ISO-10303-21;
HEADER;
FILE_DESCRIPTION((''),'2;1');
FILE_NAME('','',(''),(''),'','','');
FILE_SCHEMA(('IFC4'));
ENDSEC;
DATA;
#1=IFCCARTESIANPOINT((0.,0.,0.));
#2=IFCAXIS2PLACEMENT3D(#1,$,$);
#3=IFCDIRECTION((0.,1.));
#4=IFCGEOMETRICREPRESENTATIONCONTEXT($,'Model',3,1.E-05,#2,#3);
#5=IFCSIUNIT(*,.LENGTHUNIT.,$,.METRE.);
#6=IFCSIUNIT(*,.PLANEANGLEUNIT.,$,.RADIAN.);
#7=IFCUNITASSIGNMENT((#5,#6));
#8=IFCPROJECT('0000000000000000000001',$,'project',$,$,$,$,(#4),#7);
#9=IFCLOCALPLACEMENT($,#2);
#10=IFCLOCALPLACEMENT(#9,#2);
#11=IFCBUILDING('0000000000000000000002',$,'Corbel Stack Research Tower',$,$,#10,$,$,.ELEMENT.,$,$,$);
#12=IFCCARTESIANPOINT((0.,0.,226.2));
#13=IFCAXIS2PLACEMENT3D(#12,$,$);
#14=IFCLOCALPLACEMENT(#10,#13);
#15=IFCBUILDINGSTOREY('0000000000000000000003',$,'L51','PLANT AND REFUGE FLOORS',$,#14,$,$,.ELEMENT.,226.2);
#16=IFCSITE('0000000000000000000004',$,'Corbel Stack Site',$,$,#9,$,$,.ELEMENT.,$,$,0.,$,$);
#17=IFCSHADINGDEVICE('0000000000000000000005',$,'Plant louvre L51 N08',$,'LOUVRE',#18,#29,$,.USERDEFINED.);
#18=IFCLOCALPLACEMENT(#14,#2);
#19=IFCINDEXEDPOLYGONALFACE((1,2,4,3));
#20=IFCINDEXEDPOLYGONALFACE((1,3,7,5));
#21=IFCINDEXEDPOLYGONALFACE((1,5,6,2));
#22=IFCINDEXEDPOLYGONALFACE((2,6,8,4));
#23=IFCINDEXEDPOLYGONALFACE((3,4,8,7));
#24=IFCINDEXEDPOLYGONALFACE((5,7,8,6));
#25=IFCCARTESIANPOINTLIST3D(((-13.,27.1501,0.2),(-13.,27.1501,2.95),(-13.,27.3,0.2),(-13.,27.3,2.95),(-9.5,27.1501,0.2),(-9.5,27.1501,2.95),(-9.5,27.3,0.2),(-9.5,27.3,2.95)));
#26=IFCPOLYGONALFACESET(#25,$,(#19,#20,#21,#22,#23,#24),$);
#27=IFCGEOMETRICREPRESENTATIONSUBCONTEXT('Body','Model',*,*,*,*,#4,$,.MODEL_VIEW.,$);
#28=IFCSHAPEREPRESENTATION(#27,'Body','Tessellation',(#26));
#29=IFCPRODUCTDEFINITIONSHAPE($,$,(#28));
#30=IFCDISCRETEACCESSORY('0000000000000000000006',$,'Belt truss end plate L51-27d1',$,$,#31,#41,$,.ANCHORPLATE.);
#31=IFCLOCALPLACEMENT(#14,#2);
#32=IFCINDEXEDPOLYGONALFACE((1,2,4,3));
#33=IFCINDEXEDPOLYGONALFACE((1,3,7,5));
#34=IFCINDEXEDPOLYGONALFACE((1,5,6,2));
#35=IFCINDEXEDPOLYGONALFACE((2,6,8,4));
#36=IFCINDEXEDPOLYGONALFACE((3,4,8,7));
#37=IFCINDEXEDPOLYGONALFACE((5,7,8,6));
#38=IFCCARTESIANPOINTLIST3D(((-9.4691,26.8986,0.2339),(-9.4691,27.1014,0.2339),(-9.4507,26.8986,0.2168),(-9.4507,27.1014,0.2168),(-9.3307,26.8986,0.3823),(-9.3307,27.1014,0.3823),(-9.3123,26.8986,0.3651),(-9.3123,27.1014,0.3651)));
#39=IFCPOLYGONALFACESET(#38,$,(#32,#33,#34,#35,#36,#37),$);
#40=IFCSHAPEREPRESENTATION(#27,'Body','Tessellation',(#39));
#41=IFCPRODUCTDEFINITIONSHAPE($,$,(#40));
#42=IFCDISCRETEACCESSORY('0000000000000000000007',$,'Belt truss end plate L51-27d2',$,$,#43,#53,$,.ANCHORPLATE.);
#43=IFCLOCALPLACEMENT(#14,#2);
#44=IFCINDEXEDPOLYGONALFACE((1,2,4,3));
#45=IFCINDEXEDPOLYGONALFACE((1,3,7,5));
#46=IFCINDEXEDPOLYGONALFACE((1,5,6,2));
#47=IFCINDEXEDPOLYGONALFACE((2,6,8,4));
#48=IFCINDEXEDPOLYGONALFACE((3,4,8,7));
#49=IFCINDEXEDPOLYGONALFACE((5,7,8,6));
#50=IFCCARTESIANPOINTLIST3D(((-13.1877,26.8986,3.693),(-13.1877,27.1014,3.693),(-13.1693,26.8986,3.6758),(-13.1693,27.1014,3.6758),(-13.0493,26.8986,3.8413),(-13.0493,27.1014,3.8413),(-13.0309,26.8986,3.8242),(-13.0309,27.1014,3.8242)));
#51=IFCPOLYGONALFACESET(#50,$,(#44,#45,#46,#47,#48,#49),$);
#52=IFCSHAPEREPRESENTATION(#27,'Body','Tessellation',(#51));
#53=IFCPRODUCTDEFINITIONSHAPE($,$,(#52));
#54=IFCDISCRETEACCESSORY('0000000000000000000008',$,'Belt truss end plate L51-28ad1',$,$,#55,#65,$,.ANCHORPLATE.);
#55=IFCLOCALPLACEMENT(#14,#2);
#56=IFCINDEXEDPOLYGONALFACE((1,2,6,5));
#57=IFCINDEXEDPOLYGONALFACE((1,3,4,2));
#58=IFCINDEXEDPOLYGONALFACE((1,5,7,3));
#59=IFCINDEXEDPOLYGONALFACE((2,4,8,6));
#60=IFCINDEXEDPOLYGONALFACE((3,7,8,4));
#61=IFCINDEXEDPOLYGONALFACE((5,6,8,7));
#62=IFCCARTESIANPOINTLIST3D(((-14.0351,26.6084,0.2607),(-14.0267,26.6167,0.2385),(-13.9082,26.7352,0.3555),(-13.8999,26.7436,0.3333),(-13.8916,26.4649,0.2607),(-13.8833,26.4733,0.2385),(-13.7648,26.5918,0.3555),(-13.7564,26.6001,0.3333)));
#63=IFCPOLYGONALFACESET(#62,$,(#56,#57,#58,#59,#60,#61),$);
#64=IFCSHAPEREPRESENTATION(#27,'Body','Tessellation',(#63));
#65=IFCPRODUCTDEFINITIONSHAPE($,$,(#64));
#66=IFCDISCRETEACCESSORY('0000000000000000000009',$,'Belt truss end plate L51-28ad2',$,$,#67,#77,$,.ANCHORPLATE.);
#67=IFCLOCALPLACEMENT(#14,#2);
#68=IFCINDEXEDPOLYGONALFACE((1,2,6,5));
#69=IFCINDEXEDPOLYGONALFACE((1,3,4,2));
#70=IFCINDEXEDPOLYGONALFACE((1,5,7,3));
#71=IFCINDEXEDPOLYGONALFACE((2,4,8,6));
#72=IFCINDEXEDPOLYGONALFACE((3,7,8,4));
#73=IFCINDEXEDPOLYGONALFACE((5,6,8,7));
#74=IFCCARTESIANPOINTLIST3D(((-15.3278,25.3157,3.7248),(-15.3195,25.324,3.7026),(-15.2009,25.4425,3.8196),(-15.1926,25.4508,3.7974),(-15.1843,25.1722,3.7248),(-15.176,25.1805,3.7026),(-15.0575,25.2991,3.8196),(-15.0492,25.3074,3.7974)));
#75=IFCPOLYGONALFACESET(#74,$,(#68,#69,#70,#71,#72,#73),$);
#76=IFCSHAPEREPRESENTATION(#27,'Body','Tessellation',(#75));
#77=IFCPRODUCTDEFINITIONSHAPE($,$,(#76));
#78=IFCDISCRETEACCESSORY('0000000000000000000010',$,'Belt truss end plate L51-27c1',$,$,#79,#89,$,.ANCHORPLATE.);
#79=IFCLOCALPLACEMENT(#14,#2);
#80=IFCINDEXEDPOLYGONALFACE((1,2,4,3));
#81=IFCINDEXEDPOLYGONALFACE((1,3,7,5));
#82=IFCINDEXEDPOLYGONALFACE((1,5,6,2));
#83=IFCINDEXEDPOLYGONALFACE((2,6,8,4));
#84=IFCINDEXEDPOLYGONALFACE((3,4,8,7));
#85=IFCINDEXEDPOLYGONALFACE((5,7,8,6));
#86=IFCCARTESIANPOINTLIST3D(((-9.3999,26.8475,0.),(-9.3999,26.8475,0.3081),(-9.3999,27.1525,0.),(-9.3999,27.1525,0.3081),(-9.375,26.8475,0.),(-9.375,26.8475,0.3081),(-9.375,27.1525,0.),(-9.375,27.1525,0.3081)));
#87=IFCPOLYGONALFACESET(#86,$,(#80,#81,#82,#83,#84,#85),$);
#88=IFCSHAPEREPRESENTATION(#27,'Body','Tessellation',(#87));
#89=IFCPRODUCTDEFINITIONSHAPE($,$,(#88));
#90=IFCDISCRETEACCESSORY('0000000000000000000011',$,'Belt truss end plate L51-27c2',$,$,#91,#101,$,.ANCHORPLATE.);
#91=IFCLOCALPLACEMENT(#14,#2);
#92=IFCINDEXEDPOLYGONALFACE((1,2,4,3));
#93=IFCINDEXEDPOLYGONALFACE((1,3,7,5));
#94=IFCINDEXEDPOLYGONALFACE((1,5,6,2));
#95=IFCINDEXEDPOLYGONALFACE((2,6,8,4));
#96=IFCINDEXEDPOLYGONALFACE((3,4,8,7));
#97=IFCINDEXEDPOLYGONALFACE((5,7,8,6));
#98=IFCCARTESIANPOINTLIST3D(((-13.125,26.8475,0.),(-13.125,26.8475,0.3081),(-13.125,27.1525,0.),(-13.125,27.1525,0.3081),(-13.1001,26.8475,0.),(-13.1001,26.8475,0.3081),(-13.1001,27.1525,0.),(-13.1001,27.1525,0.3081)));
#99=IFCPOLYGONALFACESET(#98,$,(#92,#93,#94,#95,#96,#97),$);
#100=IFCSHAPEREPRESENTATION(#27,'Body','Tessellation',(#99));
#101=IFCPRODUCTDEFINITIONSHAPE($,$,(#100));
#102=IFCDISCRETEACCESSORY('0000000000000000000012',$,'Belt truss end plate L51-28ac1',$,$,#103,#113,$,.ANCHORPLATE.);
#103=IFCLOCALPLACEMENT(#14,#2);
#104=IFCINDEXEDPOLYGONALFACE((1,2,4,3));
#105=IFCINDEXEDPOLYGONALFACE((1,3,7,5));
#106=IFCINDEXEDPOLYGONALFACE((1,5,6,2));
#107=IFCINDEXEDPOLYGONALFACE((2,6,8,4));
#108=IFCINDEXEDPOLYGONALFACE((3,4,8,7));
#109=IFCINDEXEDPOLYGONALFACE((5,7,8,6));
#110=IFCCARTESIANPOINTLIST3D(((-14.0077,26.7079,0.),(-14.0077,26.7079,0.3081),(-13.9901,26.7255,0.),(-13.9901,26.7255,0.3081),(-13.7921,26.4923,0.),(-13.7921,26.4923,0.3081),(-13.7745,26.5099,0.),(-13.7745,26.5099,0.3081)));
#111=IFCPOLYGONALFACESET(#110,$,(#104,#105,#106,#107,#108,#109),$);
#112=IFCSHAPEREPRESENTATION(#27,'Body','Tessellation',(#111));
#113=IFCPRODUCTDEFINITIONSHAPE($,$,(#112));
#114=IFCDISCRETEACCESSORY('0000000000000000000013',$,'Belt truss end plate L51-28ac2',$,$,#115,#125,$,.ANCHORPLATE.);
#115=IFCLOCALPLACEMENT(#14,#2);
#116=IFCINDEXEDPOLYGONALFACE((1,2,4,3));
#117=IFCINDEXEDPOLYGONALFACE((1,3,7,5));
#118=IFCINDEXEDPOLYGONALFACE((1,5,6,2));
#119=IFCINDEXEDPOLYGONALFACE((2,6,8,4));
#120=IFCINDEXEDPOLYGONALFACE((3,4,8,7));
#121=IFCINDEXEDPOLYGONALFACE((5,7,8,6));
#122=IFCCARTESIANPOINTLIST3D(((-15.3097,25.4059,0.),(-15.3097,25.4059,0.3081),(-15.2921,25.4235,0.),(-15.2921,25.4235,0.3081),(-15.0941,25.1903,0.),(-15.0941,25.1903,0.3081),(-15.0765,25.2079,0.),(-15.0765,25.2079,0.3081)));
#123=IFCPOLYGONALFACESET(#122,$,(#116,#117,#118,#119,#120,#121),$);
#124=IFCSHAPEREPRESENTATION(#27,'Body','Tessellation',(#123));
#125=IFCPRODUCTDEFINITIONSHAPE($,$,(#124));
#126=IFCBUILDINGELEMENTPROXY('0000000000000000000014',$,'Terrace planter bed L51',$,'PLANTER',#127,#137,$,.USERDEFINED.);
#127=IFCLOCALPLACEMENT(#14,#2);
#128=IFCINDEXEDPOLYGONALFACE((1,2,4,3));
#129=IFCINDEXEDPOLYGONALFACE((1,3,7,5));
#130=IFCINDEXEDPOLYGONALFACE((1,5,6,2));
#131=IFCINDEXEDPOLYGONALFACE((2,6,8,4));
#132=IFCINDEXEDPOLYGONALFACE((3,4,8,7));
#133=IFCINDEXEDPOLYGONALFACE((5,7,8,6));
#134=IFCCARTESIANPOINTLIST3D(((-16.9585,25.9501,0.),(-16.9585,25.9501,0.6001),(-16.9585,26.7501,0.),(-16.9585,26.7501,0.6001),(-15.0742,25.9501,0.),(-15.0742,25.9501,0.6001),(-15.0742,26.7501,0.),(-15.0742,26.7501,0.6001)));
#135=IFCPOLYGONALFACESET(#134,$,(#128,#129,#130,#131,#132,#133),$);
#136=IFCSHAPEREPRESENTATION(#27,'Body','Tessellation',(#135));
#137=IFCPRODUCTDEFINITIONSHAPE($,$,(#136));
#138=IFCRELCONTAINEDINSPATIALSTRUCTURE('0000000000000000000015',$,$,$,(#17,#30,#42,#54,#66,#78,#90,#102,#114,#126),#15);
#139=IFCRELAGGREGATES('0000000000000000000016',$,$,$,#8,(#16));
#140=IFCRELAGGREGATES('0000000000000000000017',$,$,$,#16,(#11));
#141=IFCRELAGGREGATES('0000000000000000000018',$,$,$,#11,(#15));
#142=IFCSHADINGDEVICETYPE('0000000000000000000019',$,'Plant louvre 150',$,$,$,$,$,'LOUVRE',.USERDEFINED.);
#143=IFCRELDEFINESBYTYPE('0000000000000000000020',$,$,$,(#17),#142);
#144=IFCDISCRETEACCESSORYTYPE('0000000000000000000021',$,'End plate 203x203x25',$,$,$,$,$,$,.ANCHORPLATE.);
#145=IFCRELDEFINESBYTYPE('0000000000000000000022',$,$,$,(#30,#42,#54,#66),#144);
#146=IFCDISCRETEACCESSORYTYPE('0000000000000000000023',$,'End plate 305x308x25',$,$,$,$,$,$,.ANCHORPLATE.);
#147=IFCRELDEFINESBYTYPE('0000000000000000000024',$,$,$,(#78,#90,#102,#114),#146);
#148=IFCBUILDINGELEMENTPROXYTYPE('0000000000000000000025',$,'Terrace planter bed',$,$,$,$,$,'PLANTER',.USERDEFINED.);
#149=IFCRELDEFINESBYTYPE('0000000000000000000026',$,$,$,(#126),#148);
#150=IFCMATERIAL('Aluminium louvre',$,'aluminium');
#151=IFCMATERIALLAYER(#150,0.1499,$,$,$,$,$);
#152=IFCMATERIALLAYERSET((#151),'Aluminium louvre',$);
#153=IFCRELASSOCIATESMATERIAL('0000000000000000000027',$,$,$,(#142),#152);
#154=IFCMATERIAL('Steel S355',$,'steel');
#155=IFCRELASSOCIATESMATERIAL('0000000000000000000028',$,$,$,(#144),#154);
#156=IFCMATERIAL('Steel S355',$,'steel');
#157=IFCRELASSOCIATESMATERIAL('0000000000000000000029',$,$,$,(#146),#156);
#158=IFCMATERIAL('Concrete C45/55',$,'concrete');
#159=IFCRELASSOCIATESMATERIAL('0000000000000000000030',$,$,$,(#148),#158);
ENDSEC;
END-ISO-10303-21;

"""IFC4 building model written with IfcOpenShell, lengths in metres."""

from ifc_helpers import new_model, si_unit, direction, frame, origin, origin_2d, place, context, subcontext, project, spatial, rectangle, extrude, material, layer, layer_set, material_profile, profile_set, type_object, element, save


model = new_model("IFC4")

# Units and contexts
model_context = context("Model", 3, precision=1e-05, world=origin(), true_north=direction((0.0, 1.0)))
body_context = subcontext(model_context, "Body", "Model", "MODEL_VIEW")
ifc_project = project(units=[si_unit("LENGTHUNIT", "METRE"), si_unit("PLANEANGLEUNIT", "RADIAN")], contexts=[model_context])

# Site, building, storey
site_placement = place(None, origin())
site = spatial("IfcSite", under=ifc_project, at=site_placement, Name="Corbel Stack Site", CompositionType="ELEMENT", RefElevation=0.0)
building_placement = place(site_placement, origin())
building = spatial("IfcBuilding", under=site, at=building_placement, Name="Corbel Stack Research Tower", CompositionType="ELEMENT")
storey_placement = place(building_placement, frame((0.0, 0.0, 226.2)))
storey = spatial("IfcBuildingStorey", under=building, at=storey_placement, Name="L51", Description="PLANT AND REFUGE FLOORS", CompositionType="ELEMENT", Elevation=226.2)

# Shading device
ifc_material_1 = material(Name="Aluminium louvre", Category="aluminium")
ifc_layer_1 = layer(ifc_material_1, 0.1499)
ifc_layer_set_1 = layer_set([ifc_layer_1], Name="Aluminium louvre")
shading_device_type = type_object("IfcShadingDeviceType", Name="Plant louvre 150", ElementType="LOUVRE", PredefinedType="USERDEFINED", material=ifc_layer_set_1)
shading_device_placement = place(storey_placement, frame((-11.25, 27.2251, 0.2), z_axis=(0.0, 0.0, 1.0), x_axis=(-1.0, 0.0, 0.0)))
element("IfcShadingDevice", 1, at=shading_device_placement, inside=storey, type_object=shading_device_type, Name="Plant louvre L51 N08", ObjectType="LOUVRE", PredefinedType="USERDEFINED", context=body_context, shape_type="SweptSolid", body=[
    extrude(rectangle(XDim=3.5, YDim=0.1499, at=origin_2d()), origin(), (0.0, 0.0, 1.0), 2.75),
])

# Discrete accessories
ifc_material_2 = material(Name="Steel S355", Category="steel")
ifc_material_profile_1 = material_profile(ifc_material_2, rectangle(XDim=0.2029, YDim=0.2029, at=origin_2d()), Name="End plate 203x203x25")
ifc_profile_set_1 = profile_set([ifc_material_profile_1], Name="Steel S355")
discrete_accessory_type_1 = type_object("IfcDiscreteAccessoryType", Name="End plate 203x203x25", PredefinedType="ANCHORPLATE", material=ifc_profile_set_1)
for number, where, z_axis, x_axis, name in (
    (2, (-9.3999, 27.0, 0.3081), (0.731055, 0.0, -0.682318), (0.0, 1.0, 0.0), "Belt truss end plate L51-27d1"),
    (3, (-13.1001, 27.0, 3.75), (-0.731055, 0.0, 0.682318), (0.0, -1.0, 0.0), "Belt truss end plate L51-27d2"),
    (4, (-13.8999, 26.6001, 0.3081), (0.330346, 0.330346, -0.884162), (-0.707107, 0.707107, 0.0), "Belt truss end plate L51-28ad1"),
    (5, (-15.1843, 25.3157, 3.75), (-0.330346, -0.330346, 0.884162), (0.707107, -0.707107, 0.0), "Belt truss end plate L51-28ad2"),
):
    element("IfcDiscreteAccessory", number, at=place(storey_placement, frame(where, z_axis=z_axis, x_axis=x_axis)), inside=storey, type_object=discrete_accessory_type_1, Name=name, PredefinedType="ANCHORPLATE", context=body_context, shape_type="SweptSolid", body=[
        extrude(rectangle(XDim=0.2029, YDim=0.2029, at=origin_2d()), origin(), (0.0, 0.0, 1.0), 0.0251),
    ])
ifc_material_3 = material(Name="Steel S355", Category="steel")
ifc_material_profile_2 = material_profile(ifc_material_3, rectangle(XDim=0.3049, YDim=0.3081, at=origin_2d()), Name="End plate 305x308x25")
ifc_profile_set_2 = profile_set([ifc_material_profile_2], Name="Steel S355")
discrete_accessory_type_2 = type_object("IfcDiscreteAccessoryType", Name="End plate 305x308x25", PredefinedType="ANCHORPLATE", material=ifc_profile_set_2)
for number, where, z_axis, x_axis, name in (
    (6, (-9.3999, 27.0, 0.1541), (1.0, 0.0, 0.0), (0.0, 1.0, 0.0), "Belt truss end plate L51-27c1"),
    (7, (-13.1001, 27.0, 0.1541), (-1.0, 0.0, 0.0), (0.0, -1.0, 0.0), "Belt truss end plate L51-27c2"),
    (8, (-13.8999, 26.6001, 0.1541), (0.707107, 0.707107, 0.0), (-0.707107, 0.707107, 0.0), "Belt truss end plate L51-28ac1"),
    (9, (-15.1843, 25.3157, 0.1541), (-0.707107, -0.707107, 0.0), (0.707107, -0.707107, 0.0), "Belt truss end plate L51-28ac2"),
):
    element("IfcDiscreteAccessory", number, at=place(storey_placement, frame(where, z_axis=z_axis, x_axis=x_axis)), inside=storey, type_object=discrete_accessory_type_2, Name=name, PredefinedType="ANCHORPLATE", context=body_context, shape_type="SweptSolid", body=[
        extrude(rectangle(XDim=0.3049, YDim=0.3081, at=origin_2d()), origin(), (0.0, 0.0, 1.0), 0.0249),
    ])

# Building element proxy
ifc_material_4 = material(Name="Concrete C45/55", Category="concrete")
building_element_proxy_type = type_object("IfcBuildingElementProxyType", Name="Terrace planter bed", ElementType="PLANTER", PredefinedType="USERDEFINED", material=ifc_material_4)
proxy_placement = place(storey_placement, frame((-16.0164, 26.3501, 0.0), z_axis=(0.0, 0.0, 1.0), x_axis=(1.0, 0.0, 0.0)))
element("IfcBuildingElementProxy", 10, at=proxy_placement, inside=storey, type_object=building_element_proxy_type, Name="Terrace planter bed L51", ObjectType="PLANTER", PredefinedType="USERDEFINED", context=body_context, shape_type="SweptSolid", body=[
    extrude(rectangle(XDim=1.8843, YDim=0.8, at=origin_2d()), origin(), (0.0, 0.0, 1.0), 0.6001),
])

save(model, "model.ifc")
